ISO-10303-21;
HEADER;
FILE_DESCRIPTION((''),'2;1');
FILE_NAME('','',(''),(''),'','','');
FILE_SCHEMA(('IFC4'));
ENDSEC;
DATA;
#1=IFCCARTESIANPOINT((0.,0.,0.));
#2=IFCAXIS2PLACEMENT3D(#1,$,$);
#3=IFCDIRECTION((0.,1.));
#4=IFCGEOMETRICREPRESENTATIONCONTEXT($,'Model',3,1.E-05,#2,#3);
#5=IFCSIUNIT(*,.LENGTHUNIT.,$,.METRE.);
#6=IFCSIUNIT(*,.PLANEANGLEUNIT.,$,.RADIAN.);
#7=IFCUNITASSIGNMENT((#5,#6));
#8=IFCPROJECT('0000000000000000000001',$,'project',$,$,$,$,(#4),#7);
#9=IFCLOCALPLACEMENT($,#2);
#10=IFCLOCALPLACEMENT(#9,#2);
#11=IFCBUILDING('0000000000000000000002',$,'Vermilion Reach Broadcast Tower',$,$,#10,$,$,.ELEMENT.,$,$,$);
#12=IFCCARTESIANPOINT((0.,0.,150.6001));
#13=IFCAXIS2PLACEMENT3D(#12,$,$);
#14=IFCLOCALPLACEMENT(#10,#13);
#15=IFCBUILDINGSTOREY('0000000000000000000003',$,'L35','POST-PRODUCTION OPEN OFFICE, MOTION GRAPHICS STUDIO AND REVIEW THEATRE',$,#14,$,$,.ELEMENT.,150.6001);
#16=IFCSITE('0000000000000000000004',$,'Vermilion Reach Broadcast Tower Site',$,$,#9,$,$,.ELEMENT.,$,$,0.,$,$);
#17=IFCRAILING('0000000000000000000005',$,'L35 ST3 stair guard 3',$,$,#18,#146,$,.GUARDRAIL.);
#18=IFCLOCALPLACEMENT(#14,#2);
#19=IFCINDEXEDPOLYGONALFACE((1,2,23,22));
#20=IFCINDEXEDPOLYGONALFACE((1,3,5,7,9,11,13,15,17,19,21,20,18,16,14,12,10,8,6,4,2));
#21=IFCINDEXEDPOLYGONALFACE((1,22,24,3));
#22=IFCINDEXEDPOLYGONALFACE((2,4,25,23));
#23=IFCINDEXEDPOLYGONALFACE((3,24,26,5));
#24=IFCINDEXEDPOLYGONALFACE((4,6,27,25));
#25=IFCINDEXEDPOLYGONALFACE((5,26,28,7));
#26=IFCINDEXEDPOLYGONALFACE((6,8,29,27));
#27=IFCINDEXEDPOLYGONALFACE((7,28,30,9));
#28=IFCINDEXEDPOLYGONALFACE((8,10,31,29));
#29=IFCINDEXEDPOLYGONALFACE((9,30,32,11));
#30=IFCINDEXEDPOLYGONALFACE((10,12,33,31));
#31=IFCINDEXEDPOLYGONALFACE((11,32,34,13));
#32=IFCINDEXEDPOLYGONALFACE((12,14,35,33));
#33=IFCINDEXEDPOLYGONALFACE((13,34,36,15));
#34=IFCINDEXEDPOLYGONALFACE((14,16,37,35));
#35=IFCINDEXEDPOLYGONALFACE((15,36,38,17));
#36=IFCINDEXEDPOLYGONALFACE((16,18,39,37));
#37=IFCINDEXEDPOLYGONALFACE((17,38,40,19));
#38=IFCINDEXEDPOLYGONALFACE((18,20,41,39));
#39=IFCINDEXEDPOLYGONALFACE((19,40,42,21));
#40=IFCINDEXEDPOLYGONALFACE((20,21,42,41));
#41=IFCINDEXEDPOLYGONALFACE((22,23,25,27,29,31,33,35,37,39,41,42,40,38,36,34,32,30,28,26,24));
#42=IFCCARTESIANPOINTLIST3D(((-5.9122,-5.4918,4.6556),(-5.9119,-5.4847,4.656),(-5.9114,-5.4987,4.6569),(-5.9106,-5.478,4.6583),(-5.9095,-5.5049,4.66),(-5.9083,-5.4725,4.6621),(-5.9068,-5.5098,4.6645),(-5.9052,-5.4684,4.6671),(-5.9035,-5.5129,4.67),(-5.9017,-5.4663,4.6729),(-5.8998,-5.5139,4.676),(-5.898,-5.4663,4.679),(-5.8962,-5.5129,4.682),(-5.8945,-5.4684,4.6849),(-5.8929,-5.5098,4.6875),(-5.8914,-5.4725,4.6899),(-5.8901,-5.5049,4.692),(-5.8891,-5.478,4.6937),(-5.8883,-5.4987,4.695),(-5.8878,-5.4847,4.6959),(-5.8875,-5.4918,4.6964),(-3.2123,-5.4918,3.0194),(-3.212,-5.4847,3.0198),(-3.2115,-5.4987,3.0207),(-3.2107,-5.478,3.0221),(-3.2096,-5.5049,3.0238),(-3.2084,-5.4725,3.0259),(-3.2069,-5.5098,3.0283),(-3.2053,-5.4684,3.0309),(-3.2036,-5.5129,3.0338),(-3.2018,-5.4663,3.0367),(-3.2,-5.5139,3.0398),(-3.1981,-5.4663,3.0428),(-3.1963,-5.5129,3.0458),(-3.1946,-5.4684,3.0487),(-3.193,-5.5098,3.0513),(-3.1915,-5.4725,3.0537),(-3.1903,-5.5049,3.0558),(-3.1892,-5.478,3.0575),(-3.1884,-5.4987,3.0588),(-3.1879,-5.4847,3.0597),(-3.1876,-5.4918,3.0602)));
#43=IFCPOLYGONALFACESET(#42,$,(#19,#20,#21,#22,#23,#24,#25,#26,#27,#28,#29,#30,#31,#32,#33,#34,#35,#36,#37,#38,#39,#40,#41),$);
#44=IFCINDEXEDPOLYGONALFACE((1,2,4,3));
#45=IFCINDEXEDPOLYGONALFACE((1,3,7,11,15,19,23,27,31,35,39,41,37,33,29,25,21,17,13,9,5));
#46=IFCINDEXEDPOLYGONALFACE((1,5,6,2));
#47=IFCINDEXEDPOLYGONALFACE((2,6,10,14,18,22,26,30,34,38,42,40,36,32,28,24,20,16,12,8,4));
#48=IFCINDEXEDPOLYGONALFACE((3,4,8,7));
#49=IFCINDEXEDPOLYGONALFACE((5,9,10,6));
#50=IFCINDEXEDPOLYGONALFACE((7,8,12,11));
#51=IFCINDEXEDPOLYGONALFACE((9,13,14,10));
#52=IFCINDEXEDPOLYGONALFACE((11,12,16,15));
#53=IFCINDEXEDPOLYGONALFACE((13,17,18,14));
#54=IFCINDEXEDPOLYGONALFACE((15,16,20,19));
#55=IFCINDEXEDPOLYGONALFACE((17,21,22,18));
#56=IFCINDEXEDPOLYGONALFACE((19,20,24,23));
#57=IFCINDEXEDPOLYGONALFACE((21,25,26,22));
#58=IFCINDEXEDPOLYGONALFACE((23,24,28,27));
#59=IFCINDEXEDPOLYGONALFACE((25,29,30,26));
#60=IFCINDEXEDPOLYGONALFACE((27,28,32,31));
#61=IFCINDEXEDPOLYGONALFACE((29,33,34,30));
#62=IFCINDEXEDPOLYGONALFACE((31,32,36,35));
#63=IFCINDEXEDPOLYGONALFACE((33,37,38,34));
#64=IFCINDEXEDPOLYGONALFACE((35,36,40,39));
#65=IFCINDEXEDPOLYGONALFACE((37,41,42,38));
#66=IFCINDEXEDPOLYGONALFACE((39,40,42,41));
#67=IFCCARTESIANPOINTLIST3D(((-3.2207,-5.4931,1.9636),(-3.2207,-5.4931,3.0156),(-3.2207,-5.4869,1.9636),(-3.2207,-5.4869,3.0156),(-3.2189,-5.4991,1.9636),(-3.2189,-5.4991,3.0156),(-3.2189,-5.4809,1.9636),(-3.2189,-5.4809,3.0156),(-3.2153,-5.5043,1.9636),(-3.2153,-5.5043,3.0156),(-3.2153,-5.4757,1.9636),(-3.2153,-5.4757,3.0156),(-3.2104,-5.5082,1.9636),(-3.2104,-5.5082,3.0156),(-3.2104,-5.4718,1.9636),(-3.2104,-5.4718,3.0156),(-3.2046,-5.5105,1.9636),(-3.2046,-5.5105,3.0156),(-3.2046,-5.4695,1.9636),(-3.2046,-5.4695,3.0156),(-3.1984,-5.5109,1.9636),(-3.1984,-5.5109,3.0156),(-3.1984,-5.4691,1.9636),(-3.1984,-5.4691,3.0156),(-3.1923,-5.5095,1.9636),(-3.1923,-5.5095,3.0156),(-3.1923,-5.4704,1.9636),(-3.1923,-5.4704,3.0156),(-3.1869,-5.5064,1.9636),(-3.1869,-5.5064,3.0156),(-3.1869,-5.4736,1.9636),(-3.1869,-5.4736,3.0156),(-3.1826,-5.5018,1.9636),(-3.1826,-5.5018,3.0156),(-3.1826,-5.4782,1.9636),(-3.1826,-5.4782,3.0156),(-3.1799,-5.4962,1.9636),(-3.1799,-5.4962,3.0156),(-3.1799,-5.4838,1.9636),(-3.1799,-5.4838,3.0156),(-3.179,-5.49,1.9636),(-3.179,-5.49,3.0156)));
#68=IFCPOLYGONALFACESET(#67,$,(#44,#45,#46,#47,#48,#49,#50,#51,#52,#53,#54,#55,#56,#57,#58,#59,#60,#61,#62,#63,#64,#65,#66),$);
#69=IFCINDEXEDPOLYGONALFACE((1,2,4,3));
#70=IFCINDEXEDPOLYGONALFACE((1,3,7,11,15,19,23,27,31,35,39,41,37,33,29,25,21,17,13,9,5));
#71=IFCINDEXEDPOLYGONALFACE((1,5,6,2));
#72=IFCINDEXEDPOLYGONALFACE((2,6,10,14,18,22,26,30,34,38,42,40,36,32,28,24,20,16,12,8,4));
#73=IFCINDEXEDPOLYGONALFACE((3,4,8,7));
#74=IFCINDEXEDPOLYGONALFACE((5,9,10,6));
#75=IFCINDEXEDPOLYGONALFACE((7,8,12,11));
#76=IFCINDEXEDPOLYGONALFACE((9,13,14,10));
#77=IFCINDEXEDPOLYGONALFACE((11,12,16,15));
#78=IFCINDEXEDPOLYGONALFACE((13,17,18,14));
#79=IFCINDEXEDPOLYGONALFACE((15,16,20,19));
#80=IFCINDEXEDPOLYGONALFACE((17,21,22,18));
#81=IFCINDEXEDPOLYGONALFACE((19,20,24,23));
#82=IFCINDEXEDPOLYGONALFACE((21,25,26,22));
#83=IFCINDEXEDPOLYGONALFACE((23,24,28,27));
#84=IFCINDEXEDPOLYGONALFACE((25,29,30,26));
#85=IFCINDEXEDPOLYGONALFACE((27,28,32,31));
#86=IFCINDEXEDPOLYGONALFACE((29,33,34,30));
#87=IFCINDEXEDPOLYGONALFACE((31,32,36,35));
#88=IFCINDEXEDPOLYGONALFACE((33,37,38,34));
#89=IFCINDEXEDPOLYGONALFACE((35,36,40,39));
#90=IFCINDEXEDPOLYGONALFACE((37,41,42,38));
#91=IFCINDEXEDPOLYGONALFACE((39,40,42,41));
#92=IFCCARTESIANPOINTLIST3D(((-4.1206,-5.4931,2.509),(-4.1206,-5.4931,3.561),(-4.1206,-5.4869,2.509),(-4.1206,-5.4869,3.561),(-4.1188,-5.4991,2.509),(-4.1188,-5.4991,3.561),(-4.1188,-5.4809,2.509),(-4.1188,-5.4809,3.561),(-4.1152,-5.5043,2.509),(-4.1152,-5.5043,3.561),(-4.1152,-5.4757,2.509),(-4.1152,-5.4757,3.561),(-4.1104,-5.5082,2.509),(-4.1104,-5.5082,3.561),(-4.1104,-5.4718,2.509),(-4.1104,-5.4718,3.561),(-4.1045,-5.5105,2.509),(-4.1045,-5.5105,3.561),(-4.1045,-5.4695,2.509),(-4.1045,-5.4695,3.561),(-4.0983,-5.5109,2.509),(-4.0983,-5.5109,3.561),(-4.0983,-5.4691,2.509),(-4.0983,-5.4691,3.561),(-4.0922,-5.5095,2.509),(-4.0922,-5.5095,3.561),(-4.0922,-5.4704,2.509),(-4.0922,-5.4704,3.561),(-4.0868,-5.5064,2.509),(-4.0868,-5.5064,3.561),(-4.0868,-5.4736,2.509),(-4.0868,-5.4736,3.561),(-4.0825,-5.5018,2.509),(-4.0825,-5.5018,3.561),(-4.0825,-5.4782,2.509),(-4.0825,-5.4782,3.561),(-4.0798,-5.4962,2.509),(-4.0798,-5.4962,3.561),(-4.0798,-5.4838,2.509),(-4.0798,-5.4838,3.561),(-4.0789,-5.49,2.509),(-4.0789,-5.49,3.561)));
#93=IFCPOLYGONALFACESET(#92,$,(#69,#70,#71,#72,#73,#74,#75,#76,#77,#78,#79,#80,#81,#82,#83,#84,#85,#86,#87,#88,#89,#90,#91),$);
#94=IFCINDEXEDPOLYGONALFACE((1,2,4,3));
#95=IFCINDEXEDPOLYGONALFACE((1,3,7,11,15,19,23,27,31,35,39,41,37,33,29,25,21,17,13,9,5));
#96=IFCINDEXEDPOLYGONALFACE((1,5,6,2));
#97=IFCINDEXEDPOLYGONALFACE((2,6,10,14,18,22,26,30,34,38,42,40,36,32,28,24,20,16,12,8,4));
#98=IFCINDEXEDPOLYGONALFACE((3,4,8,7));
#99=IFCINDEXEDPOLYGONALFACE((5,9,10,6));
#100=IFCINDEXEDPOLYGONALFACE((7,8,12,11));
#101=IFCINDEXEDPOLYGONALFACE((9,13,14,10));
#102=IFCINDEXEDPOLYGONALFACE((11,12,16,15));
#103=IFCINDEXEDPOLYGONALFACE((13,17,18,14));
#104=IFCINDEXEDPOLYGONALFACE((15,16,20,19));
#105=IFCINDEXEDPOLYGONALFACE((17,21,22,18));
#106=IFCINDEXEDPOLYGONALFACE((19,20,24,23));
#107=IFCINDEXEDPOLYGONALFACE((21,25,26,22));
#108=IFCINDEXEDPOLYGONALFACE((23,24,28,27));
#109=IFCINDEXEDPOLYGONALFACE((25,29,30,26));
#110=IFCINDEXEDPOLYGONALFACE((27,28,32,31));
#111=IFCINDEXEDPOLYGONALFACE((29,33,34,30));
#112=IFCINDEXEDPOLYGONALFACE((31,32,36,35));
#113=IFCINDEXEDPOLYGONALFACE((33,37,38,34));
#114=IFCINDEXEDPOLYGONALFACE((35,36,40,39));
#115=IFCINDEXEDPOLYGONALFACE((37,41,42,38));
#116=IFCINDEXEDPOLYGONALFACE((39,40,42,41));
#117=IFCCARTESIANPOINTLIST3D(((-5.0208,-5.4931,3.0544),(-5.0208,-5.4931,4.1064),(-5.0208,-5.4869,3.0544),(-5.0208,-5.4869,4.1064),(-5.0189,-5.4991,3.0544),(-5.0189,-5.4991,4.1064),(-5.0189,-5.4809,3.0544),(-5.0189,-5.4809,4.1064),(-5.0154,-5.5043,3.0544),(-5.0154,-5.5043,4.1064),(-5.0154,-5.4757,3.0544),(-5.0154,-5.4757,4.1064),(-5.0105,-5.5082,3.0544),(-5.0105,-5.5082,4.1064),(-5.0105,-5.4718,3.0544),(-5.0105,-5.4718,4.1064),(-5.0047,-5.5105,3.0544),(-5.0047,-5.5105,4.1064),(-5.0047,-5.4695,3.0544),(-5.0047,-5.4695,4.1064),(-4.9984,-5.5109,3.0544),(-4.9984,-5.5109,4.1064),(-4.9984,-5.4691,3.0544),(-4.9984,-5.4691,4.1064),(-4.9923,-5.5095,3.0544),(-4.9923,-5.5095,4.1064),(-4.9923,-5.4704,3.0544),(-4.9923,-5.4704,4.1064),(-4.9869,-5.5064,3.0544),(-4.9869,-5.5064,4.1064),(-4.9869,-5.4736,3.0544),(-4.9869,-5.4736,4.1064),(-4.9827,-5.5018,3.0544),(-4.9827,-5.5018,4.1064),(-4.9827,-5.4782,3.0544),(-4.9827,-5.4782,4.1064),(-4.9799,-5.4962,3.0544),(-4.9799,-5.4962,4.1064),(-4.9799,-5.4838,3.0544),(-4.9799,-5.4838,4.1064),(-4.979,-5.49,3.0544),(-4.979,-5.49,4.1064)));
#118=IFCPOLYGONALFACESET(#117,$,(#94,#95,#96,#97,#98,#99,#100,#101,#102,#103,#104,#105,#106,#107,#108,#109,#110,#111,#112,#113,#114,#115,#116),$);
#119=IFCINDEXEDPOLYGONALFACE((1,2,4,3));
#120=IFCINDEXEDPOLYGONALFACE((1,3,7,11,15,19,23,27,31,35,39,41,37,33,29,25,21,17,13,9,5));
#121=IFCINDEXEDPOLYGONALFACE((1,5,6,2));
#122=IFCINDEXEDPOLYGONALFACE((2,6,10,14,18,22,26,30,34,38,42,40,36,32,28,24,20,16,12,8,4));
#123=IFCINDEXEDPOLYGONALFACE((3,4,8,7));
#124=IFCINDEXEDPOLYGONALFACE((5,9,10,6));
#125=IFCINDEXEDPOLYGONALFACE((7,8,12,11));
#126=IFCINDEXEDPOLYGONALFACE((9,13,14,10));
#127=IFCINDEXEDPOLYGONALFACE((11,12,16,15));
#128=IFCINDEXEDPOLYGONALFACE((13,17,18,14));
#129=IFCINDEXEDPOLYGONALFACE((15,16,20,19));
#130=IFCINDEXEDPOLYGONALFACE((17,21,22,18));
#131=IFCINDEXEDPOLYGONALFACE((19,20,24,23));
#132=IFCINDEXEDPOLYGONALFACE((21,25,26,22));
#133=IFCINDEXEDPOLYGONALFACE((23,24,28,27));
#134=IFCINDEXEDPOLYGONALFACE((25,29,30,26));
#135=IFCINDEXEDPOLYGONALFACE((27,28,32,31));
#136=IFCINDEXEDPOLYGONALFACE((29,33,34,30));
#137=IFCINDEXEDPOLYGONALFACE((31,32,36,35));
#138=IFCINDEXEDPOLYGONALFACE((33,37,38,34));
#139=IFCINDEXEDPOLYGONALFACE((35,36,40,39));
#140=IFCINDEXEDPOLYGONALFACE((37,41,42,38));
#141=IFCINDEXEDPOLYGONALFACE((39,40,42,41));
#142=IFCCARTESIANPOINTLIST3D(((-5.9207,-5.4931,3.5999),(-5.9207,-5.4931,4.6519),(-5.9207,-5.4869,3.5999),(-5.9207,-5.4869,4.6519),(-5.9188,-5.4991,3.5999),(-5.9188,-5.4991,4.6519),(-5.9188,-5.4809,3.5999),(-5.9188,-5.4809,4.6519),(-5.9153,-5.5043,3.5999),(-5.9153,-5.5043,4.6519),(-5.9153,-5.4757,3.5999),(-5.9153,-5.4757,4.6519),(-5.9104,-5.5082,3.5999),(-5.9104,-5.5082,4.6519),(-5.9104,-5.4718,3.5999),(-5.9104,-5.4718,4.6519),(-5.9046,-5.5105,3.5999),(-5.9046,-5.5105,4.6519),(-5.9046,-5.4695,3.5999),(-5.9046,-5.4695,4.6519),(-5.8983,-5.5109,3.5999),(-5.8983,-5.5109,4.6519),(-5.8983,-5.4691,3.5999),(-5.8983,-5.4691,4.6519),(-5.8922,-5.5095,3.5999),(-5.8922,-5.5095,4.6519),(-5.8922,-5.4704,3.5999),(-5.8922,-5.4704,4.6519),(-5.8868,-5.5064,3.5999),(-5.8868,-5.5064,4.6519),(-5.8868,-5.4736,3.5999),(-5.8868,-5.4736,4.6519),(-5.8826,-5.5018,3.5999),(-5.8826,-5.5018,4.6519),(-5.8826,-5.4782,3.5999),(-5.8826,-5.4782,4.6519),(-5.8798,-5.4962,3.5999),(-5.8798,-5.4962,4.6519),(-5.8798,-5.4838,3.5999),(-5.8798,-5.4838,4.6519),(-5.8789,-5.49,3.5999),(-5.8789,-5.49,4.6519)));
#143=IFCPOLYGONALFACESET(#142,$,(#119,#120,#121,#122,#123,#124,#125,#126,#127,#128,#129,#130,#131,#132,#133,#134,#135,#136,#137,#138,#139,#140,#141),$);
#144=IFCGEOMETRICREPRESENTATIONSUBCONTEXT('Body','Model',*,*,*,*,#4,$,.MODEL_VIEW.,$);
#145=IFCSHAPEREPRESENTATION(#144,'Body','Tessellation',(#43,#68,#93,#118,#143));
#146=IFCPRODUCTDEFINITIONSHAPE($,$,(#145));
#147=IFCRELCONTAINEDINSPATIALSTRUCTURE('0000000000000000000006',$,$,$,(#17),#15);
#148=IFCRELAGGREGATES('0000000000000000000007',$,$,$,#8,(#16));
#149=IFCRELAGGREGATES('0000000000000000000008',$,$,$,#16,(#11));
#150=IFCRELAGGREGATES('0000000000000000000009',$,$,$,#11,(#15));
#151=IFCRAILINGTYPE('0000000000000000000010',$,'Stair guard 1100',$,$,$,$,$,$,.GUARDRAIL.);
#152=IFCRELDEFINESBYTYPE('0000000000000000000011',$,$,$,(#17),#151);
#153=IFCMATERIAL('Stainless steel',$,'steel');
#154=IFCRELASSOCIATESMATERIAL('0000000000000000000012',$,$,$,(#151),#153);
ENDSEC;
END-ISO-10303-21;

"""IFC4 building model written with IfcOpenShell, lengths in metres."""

from ifc_helpers import new_model, si_unit, direction, frame, origin, origin_2d, place, context, subcontext, project, spatial, circle, extrude, material, type_object, element, save


model = new_model("IFC4")

# Units and contexts
model_context = context("Model", 3, precision=1e-05, world=origin(), true_north=direction((0.0, 1.0)))
body_context = subcontext(model_context, "Body", "Model", "MODEL_VIEW")
ifc_project = project(units=[si_unit("LENGTHUNIT", "METRE"), si_unit("PLANEANGLEUNIT", "RADIAN")], contexts=[model_context])

# Site, building, storey
site_placement = place(None, origin())
site = spatial("IfcSite", under=ifc_project, at=site_placement, Name="Vermilion Reach Broadcast Tower Site", CompositionType="ELEMENT", RefElevation=0.0)
building_placement = place(site_placement, origin())
building = spatial("IfcBuilding", under=site, at=building_placement, Name="Vermilion Reach Broadcast Tower", CompositionType="ELEMENT")
storey_placement = place(building_placement, frame((0.0, 0.0, 150.6001)))
storey = spatial("IfcBuildingStorey", under=building, at=storey_placement, Name="L35", Description="POST-PRODUCTION OPEN OFFICE, MOTION GRAPHICS STUDIO AND REVIEW THEATRE", CompositionType="ELEMENT", Elevation=150.6001)

# Railing
ifc_material_1 = material(Name="Stainless steel", Category="steel")
railing_type_1 = type_object("IfcRailingType", Name="Stair guard 1100", PredefinedType="GUARDRAIL", material=ifc_material_1)
railing_1_placement = place(storey_placement, frame((-3.2, -5.49, 1.9636)))
element("IfcRailing", 1, at=railing_1_placement, inside=storey, type_object=railing_type_1, Name="L35 ST3 stair guard 3", PredefinedType="GUARDRAIL", context=body_context, shape_type="SweptSolid", body=[
    extrude(circle(Radius=0.0239, at=origin_2d()), frame((0.0, 0.0, 1.0762), z_axis=(-0.855212, 0.0, 0.518278), x_axis=(0.0, -1.0, 0.0)), (0.0, 0.0, 1.0), 3.157),
    extrude(circle(Radius=0.021, at=origin_2d()), origin(), (0.0, 0.0, 1.0), 1.052),
    extrude(circle(Radius=0.021, at=origin_2d()), frame((-0.8999, 0.0, 0.5454)), (0.0, 0.0, 1.0), 1.052),
    extrude(circle(Radius=0.021, at=origin_2d()), frame((-1.8, 0.0, 1.0908)), (0.0, 0.0, 1.0), 1.052),
    extrude(circle(Radius=0.021, at=origin_2d()), frame((-2.7, 0.0, 1.6362)), (0.0, 0.0, 1.0), 1.052),
])

save(model, "model.ifc")
